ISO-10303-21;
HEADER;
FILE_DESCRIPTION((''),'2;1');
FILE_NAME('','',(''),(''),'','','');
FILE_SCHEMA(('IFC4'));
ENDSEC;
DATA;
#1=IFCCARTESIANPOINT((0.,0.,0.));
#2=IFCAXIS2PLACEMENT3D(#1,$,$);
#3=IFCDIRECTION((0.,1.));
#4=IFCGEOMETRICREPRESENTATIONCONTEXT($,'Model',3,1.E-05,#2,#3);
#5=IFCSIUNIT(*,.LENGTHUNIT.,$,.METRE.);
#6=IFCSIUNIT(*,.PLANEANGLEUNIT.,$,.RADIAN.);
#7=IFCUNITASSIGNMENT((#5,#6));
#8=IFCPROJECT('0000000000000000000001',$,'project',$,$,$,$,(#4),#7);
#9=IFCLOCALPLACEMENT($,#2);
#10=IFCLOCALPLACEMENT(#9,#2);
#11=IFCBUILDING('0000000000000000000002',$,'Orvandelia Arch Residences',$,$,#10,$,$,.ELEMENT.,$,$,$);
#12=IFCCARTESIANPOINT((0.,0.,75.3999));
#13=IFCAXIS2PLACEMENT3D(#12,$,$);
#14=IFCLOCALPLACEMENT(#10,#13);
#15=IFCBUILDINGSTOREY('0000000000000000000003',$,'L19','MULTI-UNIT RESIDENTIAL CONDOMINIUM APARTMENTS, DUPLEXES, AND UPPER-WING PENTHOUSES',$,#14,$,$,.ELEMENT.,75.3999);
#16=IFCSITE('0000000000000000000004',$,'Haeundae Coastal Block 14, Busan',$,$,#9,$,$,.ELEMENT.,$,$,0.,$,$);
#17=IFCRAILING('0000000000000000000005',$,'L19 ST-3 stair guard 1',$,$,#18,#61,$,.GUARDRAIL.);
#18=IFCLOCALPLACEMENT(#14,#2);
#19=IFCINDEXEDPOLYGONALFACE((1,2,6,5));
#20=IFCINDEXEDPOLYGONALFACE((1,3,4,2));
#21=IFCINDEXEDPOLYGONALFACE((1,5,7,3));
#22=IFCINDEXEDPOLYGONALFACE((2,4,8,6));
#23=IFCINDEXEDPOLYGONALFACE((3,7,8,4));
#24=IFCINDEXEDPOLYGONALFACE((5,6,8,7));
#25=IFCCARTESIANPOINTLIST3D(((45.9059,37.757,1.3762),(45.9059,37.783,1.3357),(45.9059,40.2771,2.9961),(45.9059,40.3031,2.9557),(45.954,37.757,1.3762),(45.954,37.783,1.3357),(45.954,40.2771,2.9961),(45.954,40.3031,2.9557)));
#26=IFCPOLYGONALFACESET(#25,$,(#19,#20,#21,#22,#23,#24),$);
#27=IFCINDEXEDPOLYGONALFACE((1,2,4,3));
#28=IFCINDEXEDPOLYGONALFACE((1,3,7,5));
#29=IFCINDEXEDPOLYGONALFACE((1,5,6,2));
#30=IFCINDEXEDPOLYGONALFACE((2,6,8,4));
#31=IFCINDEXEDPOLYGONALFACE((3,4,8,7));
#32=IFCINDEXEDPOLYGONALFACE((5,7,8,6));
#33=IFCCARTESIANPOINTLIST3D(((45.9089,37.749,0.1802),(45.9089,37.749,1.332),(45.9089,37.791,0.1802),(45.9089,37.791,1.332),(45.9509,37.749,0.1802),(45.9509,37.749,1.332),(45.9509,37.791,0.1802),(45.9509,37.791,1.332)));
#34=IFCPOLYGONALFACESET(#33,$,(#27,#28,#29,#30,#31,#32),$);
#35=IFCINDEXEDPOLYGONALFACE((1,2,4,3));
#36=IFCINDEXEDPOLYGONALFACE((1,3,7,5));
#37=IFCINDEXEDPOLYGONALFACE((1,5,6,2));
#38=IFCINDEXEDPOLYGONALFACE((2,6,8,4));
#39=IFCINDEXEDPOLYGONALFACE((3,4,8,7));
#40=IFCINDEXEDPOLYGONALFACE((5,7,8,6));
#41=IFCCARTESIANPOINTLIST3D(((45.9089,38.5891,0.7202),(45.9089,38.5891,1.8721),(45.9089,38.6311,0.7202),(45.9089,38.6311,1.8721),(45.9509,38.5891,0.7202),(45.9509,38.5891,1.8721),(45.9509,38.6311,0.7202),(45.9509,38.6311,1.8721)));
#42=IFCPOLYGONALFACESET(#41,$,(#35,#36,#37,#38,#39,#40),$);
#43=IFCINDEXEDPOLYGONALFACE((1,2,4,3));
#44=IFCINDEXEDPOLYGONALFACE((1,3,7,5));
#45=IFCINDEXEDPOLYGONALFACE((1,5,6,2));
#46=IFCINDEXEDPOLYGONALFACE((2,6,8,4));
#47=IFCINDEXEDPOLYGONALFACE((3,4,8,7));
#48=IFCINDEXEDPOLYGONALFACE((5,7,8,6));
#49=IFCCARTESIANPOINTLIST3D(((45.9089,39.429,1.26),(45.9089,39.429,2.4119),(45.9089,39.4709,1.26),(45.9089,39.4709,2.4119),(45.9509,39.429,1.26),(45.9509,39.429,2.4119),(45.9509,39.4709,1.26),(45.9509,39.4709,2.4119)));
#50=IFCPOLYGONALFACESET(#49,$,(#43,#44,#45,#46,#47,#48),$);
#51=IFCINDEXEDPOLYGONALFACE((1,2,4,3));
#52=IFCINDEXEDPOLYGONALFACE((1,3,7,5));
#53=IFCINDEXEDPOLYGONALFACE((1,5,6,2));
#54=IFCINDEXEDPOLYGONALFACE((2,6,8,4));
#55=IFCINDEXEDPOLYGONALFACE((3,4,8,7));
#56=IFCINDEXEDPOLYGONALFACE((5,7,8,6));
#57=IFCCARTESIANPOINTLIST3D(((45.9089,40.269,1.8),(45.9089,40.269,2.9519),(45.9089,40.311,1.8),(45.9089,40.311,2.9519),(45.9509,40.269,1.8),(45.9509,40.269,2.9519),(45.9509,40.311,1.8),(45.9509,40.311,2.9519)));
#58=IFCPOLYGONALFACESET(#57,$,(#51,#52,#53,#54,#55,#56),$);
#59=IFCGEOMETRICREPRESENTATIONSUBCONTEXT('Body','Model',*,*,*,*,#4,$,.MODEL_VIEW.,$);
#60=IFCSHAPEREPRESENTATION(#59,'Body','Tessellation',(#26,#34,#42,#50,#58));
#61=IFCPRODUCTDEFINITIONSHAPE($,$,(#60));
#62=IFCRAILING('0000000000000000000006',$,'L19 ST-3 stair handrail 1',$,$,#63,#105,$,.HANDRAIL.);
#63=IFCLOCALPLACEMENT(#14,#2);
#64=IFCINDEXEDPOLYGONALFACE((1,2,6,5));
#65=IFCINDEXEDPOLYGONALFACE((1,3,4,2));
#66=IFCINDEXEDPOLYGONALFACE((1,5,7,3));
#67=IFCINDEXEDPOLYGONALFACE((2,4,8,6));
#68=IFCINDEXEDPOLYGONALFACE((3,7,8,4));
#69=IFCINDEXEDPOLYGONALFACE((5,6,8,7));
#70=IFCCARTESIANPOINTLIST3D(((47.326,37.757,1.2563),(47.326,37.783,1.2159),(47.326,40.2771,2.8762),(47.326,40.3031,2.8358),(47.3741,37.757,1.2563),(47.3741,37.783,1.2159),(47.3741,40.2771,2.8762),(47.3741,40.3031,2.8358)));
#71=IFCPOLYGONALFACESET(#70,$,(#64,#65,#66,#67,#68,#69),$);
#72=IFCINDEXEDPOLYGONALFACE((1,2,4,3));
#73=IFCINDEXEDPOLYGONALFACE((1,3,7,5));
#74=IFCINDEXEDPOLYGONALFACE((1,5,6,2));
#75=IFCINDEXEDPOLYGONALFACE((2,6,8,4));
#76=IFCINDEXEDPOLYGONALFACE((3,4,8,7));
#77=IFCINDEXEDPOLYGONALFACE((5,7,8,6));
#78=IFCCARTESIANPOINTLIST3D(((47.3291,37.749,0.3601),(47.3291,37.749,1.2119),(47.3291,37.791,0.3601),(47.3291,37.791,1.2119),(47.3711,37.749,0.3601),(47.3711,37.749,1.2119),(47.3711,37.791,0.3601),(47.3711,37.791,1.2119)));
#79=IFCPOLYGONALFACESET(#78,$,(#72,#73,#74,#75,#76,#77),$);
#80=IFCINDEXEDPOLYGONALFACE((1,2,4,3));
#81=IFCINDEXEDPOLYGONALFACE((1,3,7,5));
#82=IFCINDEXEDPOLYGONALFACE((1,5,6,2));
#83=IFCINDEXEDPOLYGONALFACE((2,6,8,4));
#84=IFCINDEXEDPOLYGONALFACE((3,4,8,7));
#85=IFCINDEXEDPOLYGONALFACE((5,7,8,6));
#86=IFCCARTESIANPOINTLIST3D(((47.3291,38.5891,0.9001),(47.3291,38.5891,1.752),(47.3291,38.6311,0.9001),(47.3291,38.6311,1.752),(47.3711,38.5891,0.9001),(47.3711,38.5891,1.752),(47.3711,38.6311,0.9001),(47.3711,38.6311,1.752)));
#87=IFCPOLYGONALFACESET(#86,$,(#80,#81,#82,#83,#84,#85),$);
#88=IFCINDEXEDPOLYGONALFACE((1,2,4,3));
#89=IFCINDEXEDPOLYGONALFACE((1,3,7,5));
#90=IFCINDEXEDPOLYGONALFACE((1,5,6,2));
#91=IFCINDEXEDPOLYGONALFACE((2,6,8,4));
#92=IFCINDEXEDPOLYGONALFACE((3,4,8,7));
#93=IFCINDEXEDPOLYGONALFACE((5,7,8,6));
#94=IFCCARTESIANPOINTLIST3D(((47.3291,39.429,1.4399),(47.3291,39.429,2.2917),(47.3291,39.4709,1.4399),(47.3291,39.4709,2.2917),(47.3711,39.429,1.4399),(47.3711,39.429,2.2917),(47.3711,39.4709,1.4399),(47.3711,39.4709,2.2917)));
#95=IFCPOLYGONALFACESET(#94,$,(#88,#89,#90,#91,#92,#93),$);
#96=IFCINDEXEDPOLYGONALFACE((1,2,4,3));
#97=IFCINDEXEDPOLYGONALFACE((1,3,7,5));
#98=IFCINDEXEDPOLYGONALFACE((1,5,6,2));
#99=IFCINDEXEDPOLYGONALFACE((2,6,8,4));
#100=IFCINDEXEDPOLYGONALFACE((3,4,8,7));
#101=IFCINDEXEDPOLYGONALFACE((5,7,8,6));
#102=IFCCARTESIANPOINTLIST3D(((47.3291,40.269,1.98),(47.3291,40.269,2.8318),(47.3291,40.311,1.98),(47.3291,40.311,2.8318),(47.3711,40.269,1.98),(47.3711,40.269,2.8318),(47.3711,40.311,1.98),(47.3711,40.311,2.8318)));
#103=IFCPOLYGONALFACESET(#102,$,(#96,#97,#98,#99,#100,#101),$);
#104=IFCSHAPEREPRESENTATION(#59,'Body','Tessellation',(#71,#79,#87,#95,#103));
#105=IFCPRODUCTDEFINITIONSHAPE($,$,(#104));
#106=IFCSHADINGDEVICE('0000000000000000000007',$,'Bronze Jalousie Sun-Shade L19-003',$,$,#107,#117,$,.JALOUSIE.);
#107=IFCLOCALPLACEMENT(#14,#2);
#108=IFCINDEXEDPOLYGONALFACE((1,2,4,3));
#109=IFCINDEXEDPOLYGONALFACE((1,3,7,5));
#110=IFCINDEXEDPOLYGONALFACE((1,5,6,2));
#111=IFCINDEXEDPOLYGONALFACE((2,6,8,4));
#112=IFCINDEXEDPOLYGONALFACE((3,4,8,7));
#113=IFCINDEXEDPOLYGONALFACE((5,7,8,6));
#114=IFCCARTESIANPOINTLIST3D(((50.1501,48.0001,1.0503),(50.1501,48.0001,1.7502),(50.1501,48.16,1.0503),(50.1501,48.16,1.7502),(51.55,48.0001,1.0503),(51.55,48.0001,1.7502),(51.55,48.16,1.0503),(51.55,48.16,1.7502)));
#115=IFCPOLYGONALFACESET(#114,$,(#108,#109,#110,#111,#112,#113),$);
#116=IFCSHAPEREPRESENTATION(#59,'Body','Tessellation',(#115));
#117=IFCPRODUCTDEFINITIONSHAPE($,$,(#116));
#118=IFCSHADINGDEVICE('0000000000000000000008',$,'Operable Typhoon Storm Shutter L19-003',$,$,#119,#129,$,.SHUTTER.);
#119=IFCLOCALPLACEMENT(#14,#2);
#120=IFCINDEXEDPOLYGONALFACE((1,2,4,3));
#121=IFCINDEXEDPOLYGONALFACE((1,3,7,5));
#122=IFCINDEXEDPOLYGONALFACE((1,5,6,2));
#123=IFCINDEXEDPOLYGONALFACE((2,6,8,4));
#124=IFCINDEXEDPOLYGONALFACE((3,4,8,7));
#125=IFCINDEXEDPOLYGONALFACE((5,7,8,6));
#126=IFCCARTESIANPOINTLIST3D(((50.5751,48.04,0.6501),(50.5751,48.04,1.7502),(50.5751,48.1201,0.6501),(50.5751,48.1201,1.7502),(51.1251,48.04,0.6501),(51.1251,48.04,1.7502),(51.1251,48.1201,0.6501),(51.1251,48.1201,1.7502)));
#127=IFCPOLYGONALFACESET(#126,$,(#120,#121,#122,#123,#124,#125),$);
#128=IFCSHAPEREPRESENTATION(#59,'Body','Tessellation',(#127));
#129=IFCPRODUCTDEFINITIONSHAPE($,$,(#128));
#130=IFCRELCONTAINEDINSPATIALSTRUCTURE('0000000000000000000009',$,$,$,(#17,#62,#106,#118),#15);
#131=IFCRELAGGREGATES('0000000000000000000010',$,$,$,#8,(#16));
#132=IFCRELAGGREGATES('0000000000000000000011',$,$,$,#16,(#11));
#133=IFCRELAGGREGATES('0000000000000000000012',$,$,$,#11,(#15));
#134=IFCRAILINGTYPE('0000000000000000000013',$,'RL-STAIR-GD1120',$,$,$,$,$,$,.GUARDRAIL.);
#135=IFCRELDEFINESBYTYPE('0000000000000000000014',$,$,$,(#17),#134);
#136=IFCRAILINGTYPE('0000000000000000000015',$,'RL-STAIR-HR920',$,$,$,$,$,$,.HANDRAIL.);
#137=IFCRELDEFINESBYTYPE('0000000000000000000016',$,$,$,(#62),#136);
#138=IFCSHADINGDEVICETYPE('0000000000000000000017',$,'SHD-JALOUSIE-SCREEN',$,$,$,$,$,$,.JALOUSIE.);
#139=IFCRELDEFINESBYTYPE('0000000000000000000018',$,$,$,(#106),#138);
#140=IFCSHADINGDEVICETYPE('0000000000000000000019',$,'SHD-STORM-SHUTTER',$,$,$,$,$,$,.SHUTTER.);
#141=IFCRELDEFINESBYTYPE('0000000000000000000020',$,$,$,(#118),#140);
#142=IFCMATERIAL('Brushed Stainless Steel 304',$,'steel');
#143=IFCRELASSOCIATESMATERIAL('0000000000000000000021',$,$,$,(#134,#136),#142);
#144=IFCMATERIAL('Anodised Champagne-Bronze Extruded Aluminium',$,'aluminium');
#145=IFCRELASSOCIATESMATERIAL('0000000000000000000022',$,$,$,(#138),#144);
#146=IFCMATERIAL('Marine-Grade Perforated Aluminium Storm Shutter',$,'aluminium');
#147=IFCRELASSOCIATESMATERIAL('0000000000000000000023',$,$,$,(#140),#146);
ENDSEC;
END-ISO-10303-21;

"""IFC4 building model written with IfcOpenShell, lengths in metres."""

from ifc_helpers import new_model, si_unit, direction, frame, origin, origin_2d, place, context, subcontext, project, spatial, rectangle, extrude, material, type_object, element, save


model = new_model("IFC4")

# Units and contexts
model_context = context("Model", 3, precision=1e-05, world=origin(), true_north=direction((0.0, 1.0)))
body_context = subcontext(model_context, "Body", "Model", "MODEL_VIEW")
ifc_project = project(units=[si_unit("LENGTHUNIT", "METRE"), si_unit("PLANEANGLEUNIT", "RADIAN")], contexts=[model_context])

# Site, building, storey
site_placement = place(None, origin())
site = spatial("IfcSite", under=ifc_project, at=site_placement, Name="Haeundae Coastal Block 14, Busan", CompositionType="ELEMENT", RefElevation=0.0)
building_placement = place(site_placement, origin())
building = spatial("IfcBuilding", under=site, at=building_placement, Name="Orvandelia Arch Residences", CompositionType="ELEMENT")
storey_placement = place(building_placement, frame((0.0, 0.0, 75.3999)))
storey = spatial("IfcBuildingStorey", under=building, at=storey_placement, Name="L19", Description="MULTI-UNIT RESIDENTIAL CONDOMINIUM APARTMENTS, DUPLEXES, AND UPPER-WING PENTHOUSES", CompositionType="ELEMENT", Elevation=75.3999)

# Railings
ifc_material_1 = material(Name="Brushed Stainless Steel 304", Category="steel")
railing_type_1 = type_object("IfcRailingType", Name="RL-STAIR-GD1120", PredefinedType="GUARDRAIL", material=ifc_material_1)
railing_1_placement = place(storey_placement, frame((45.9299, 37.77, 0.1802)))
element("IfcRailing", 1, at=railing_1_placement, inside=storey, type_object=railing_type_1, Name="L19 ST-3 stair guard 1", PredefinedType="GUARDRAIL", context=body_context, shape_type="SweptSolid", body=[
    extrude(rectangle(XDim=0.0481, YDim=0.0481, at=origin_2d()), frame((0.0, 0.0, 1.1758), z_axis=(0.0, 0.8412, 0.540725), x_axis=(-1.0, 0.0, 0.0)), (0.0, 0.0, 1.0), 2.9958),
    extrude(rectangle(XDim=0.042, YDim=0.042, at=origin_2d()), origin(), (0.0, 0.0, 1.0), 1.1519),
    extrude(rectangle(XDim=0.042, YDim=0.042, at=origin_2d()), frame((0.0, 0.8401, 0.54)), (0.0, 0.0, 1.0), 1.1519),
    extrude(rectangle(XDim=0.042, YDim=0.042, at=origin_2d()), frame((0.0, 1.6799, 1.0798)), (0.0, 0.0, 1.0), 1.1519),
    extrude(rectangle(XDim=0.042, YDim=0.042, at=origin_2d()), frame((0.0, 2.52, 1.6199)), (0.0, 0.0, 1.0), 1.1519),
])
railing_type_2 = type_object("IfcRailingType", Name="RL-STAIR-HR920", PredefinedType="HANDRAIL", material=ifc_material_1)
railing_2_placement = place(storey_placement, frame((47.3501, 37.77, 0.3601)))
element("IfcRailing", 2, at=railing_2_placement, inside=storey, type_object=railing_type_2, Name="L19 ST-3 stair handrail 1", PredefinedType="HANDRAIL", context=body_context, shape_type="SweptSolid", body=[
    extrude(rectangle(XDim=0.0481, YDim=0.0481, at=origin_2d()), frame((0.0, 0.0, 0.876), z_axis=(0.0, 0.8412, 0.540725), x_axis=(-1.0, 0.0, 0.0)), (0.0, 0.0, 1.0), 2.9958),
    extrude(rectangle(XDim=0.042, YDim=0.042, at=origin_2d()), origin(), (0.0, 0.0, 1.0), 0.8518),
    extrude(rectangle(XDim=0.042, YDim=0.042, at=origin_2d()), frame((0.0, 0.8401, 0.54)), (0.0, 0.0, 1.0), 0.8518),
    extrude(rectangle(XDim=0.042, YDim=0.042, at=origin_2d()), frame((0.0, 1.6799, 1.0798)), (0.0, 0.0, 1.0), 0.8518),
    extrude(rectangle(XDim=0.042, YDim=0.042, at=origin_2d()), frame((0.0, 2.52, 1.6199)), (0.0, 0.0, 1.0), 0.8518),
])

# Shading devices
ifc_material_2 = material(Name="Anodised Champagne-Bronze Extruded Aluminium", Category="aluminium")
shading_device_type_1 = type_object("IfcShadingDeviceType", Name="SHD-JALOUSIE-SCREEN", PredefinedType="JALOUSIE", material=ifc_material_2)
shading_device_1_placement = place(storey_placement, frame((50.8501, 48.0801, 1.0503), z_axis=(0.0, 0.0, 1.0), x_axis=(1.0, 0.0, 0.0)))
element("IfcShadingDevice", 3, at=shading_device_1_placement, inside=storey, type_object=shading_device_type_1, Name="Bronze Jalousie Sun-Shade L19-003", PredefinedType="JALOUSIE", context=body_context, shape_type="SweptSolid", body=[
    extrude(rectangle(XDim=1.3999, YDim=0.1599, at=origin_2d()), origin(), (0.0, 0.0, 1.0), 0.7),
])
ifc_material_3 = material(Name="Marine-Grade Perforated Aluminium Storm Shutter", Category="aluminium")
shading_device_type_2 = type_object("IfcShadingDeviceType", Name="SHD-STORM-SHUTTER", PredefinedType="SHUTTER", material=ifc_material_3)
shading_device_2_placement = place(storey_placement, frame((50.8501, 48.0801, 0.6501), z_axis=(0.0, 0.0, 1.0), x_axis=(1.0, 0.0, 0.0)))
element("IfcShadingDevice", 4, at=shading_device_2_placement, inside=storey, type_object=shading_device_type_2, Name="Operable Typhoon Storm Shutter L19-003", PredefinedType="SHUTTER", context=body_context, shape_type="SweptSolid", body=[
    extrude(rectangle(XDim=0.55, YDim=0.0801, at=origin_2d()), origin(), (0.0, 0.0, 1.0), 1.1001),
])

save(model, "model.ifc")
